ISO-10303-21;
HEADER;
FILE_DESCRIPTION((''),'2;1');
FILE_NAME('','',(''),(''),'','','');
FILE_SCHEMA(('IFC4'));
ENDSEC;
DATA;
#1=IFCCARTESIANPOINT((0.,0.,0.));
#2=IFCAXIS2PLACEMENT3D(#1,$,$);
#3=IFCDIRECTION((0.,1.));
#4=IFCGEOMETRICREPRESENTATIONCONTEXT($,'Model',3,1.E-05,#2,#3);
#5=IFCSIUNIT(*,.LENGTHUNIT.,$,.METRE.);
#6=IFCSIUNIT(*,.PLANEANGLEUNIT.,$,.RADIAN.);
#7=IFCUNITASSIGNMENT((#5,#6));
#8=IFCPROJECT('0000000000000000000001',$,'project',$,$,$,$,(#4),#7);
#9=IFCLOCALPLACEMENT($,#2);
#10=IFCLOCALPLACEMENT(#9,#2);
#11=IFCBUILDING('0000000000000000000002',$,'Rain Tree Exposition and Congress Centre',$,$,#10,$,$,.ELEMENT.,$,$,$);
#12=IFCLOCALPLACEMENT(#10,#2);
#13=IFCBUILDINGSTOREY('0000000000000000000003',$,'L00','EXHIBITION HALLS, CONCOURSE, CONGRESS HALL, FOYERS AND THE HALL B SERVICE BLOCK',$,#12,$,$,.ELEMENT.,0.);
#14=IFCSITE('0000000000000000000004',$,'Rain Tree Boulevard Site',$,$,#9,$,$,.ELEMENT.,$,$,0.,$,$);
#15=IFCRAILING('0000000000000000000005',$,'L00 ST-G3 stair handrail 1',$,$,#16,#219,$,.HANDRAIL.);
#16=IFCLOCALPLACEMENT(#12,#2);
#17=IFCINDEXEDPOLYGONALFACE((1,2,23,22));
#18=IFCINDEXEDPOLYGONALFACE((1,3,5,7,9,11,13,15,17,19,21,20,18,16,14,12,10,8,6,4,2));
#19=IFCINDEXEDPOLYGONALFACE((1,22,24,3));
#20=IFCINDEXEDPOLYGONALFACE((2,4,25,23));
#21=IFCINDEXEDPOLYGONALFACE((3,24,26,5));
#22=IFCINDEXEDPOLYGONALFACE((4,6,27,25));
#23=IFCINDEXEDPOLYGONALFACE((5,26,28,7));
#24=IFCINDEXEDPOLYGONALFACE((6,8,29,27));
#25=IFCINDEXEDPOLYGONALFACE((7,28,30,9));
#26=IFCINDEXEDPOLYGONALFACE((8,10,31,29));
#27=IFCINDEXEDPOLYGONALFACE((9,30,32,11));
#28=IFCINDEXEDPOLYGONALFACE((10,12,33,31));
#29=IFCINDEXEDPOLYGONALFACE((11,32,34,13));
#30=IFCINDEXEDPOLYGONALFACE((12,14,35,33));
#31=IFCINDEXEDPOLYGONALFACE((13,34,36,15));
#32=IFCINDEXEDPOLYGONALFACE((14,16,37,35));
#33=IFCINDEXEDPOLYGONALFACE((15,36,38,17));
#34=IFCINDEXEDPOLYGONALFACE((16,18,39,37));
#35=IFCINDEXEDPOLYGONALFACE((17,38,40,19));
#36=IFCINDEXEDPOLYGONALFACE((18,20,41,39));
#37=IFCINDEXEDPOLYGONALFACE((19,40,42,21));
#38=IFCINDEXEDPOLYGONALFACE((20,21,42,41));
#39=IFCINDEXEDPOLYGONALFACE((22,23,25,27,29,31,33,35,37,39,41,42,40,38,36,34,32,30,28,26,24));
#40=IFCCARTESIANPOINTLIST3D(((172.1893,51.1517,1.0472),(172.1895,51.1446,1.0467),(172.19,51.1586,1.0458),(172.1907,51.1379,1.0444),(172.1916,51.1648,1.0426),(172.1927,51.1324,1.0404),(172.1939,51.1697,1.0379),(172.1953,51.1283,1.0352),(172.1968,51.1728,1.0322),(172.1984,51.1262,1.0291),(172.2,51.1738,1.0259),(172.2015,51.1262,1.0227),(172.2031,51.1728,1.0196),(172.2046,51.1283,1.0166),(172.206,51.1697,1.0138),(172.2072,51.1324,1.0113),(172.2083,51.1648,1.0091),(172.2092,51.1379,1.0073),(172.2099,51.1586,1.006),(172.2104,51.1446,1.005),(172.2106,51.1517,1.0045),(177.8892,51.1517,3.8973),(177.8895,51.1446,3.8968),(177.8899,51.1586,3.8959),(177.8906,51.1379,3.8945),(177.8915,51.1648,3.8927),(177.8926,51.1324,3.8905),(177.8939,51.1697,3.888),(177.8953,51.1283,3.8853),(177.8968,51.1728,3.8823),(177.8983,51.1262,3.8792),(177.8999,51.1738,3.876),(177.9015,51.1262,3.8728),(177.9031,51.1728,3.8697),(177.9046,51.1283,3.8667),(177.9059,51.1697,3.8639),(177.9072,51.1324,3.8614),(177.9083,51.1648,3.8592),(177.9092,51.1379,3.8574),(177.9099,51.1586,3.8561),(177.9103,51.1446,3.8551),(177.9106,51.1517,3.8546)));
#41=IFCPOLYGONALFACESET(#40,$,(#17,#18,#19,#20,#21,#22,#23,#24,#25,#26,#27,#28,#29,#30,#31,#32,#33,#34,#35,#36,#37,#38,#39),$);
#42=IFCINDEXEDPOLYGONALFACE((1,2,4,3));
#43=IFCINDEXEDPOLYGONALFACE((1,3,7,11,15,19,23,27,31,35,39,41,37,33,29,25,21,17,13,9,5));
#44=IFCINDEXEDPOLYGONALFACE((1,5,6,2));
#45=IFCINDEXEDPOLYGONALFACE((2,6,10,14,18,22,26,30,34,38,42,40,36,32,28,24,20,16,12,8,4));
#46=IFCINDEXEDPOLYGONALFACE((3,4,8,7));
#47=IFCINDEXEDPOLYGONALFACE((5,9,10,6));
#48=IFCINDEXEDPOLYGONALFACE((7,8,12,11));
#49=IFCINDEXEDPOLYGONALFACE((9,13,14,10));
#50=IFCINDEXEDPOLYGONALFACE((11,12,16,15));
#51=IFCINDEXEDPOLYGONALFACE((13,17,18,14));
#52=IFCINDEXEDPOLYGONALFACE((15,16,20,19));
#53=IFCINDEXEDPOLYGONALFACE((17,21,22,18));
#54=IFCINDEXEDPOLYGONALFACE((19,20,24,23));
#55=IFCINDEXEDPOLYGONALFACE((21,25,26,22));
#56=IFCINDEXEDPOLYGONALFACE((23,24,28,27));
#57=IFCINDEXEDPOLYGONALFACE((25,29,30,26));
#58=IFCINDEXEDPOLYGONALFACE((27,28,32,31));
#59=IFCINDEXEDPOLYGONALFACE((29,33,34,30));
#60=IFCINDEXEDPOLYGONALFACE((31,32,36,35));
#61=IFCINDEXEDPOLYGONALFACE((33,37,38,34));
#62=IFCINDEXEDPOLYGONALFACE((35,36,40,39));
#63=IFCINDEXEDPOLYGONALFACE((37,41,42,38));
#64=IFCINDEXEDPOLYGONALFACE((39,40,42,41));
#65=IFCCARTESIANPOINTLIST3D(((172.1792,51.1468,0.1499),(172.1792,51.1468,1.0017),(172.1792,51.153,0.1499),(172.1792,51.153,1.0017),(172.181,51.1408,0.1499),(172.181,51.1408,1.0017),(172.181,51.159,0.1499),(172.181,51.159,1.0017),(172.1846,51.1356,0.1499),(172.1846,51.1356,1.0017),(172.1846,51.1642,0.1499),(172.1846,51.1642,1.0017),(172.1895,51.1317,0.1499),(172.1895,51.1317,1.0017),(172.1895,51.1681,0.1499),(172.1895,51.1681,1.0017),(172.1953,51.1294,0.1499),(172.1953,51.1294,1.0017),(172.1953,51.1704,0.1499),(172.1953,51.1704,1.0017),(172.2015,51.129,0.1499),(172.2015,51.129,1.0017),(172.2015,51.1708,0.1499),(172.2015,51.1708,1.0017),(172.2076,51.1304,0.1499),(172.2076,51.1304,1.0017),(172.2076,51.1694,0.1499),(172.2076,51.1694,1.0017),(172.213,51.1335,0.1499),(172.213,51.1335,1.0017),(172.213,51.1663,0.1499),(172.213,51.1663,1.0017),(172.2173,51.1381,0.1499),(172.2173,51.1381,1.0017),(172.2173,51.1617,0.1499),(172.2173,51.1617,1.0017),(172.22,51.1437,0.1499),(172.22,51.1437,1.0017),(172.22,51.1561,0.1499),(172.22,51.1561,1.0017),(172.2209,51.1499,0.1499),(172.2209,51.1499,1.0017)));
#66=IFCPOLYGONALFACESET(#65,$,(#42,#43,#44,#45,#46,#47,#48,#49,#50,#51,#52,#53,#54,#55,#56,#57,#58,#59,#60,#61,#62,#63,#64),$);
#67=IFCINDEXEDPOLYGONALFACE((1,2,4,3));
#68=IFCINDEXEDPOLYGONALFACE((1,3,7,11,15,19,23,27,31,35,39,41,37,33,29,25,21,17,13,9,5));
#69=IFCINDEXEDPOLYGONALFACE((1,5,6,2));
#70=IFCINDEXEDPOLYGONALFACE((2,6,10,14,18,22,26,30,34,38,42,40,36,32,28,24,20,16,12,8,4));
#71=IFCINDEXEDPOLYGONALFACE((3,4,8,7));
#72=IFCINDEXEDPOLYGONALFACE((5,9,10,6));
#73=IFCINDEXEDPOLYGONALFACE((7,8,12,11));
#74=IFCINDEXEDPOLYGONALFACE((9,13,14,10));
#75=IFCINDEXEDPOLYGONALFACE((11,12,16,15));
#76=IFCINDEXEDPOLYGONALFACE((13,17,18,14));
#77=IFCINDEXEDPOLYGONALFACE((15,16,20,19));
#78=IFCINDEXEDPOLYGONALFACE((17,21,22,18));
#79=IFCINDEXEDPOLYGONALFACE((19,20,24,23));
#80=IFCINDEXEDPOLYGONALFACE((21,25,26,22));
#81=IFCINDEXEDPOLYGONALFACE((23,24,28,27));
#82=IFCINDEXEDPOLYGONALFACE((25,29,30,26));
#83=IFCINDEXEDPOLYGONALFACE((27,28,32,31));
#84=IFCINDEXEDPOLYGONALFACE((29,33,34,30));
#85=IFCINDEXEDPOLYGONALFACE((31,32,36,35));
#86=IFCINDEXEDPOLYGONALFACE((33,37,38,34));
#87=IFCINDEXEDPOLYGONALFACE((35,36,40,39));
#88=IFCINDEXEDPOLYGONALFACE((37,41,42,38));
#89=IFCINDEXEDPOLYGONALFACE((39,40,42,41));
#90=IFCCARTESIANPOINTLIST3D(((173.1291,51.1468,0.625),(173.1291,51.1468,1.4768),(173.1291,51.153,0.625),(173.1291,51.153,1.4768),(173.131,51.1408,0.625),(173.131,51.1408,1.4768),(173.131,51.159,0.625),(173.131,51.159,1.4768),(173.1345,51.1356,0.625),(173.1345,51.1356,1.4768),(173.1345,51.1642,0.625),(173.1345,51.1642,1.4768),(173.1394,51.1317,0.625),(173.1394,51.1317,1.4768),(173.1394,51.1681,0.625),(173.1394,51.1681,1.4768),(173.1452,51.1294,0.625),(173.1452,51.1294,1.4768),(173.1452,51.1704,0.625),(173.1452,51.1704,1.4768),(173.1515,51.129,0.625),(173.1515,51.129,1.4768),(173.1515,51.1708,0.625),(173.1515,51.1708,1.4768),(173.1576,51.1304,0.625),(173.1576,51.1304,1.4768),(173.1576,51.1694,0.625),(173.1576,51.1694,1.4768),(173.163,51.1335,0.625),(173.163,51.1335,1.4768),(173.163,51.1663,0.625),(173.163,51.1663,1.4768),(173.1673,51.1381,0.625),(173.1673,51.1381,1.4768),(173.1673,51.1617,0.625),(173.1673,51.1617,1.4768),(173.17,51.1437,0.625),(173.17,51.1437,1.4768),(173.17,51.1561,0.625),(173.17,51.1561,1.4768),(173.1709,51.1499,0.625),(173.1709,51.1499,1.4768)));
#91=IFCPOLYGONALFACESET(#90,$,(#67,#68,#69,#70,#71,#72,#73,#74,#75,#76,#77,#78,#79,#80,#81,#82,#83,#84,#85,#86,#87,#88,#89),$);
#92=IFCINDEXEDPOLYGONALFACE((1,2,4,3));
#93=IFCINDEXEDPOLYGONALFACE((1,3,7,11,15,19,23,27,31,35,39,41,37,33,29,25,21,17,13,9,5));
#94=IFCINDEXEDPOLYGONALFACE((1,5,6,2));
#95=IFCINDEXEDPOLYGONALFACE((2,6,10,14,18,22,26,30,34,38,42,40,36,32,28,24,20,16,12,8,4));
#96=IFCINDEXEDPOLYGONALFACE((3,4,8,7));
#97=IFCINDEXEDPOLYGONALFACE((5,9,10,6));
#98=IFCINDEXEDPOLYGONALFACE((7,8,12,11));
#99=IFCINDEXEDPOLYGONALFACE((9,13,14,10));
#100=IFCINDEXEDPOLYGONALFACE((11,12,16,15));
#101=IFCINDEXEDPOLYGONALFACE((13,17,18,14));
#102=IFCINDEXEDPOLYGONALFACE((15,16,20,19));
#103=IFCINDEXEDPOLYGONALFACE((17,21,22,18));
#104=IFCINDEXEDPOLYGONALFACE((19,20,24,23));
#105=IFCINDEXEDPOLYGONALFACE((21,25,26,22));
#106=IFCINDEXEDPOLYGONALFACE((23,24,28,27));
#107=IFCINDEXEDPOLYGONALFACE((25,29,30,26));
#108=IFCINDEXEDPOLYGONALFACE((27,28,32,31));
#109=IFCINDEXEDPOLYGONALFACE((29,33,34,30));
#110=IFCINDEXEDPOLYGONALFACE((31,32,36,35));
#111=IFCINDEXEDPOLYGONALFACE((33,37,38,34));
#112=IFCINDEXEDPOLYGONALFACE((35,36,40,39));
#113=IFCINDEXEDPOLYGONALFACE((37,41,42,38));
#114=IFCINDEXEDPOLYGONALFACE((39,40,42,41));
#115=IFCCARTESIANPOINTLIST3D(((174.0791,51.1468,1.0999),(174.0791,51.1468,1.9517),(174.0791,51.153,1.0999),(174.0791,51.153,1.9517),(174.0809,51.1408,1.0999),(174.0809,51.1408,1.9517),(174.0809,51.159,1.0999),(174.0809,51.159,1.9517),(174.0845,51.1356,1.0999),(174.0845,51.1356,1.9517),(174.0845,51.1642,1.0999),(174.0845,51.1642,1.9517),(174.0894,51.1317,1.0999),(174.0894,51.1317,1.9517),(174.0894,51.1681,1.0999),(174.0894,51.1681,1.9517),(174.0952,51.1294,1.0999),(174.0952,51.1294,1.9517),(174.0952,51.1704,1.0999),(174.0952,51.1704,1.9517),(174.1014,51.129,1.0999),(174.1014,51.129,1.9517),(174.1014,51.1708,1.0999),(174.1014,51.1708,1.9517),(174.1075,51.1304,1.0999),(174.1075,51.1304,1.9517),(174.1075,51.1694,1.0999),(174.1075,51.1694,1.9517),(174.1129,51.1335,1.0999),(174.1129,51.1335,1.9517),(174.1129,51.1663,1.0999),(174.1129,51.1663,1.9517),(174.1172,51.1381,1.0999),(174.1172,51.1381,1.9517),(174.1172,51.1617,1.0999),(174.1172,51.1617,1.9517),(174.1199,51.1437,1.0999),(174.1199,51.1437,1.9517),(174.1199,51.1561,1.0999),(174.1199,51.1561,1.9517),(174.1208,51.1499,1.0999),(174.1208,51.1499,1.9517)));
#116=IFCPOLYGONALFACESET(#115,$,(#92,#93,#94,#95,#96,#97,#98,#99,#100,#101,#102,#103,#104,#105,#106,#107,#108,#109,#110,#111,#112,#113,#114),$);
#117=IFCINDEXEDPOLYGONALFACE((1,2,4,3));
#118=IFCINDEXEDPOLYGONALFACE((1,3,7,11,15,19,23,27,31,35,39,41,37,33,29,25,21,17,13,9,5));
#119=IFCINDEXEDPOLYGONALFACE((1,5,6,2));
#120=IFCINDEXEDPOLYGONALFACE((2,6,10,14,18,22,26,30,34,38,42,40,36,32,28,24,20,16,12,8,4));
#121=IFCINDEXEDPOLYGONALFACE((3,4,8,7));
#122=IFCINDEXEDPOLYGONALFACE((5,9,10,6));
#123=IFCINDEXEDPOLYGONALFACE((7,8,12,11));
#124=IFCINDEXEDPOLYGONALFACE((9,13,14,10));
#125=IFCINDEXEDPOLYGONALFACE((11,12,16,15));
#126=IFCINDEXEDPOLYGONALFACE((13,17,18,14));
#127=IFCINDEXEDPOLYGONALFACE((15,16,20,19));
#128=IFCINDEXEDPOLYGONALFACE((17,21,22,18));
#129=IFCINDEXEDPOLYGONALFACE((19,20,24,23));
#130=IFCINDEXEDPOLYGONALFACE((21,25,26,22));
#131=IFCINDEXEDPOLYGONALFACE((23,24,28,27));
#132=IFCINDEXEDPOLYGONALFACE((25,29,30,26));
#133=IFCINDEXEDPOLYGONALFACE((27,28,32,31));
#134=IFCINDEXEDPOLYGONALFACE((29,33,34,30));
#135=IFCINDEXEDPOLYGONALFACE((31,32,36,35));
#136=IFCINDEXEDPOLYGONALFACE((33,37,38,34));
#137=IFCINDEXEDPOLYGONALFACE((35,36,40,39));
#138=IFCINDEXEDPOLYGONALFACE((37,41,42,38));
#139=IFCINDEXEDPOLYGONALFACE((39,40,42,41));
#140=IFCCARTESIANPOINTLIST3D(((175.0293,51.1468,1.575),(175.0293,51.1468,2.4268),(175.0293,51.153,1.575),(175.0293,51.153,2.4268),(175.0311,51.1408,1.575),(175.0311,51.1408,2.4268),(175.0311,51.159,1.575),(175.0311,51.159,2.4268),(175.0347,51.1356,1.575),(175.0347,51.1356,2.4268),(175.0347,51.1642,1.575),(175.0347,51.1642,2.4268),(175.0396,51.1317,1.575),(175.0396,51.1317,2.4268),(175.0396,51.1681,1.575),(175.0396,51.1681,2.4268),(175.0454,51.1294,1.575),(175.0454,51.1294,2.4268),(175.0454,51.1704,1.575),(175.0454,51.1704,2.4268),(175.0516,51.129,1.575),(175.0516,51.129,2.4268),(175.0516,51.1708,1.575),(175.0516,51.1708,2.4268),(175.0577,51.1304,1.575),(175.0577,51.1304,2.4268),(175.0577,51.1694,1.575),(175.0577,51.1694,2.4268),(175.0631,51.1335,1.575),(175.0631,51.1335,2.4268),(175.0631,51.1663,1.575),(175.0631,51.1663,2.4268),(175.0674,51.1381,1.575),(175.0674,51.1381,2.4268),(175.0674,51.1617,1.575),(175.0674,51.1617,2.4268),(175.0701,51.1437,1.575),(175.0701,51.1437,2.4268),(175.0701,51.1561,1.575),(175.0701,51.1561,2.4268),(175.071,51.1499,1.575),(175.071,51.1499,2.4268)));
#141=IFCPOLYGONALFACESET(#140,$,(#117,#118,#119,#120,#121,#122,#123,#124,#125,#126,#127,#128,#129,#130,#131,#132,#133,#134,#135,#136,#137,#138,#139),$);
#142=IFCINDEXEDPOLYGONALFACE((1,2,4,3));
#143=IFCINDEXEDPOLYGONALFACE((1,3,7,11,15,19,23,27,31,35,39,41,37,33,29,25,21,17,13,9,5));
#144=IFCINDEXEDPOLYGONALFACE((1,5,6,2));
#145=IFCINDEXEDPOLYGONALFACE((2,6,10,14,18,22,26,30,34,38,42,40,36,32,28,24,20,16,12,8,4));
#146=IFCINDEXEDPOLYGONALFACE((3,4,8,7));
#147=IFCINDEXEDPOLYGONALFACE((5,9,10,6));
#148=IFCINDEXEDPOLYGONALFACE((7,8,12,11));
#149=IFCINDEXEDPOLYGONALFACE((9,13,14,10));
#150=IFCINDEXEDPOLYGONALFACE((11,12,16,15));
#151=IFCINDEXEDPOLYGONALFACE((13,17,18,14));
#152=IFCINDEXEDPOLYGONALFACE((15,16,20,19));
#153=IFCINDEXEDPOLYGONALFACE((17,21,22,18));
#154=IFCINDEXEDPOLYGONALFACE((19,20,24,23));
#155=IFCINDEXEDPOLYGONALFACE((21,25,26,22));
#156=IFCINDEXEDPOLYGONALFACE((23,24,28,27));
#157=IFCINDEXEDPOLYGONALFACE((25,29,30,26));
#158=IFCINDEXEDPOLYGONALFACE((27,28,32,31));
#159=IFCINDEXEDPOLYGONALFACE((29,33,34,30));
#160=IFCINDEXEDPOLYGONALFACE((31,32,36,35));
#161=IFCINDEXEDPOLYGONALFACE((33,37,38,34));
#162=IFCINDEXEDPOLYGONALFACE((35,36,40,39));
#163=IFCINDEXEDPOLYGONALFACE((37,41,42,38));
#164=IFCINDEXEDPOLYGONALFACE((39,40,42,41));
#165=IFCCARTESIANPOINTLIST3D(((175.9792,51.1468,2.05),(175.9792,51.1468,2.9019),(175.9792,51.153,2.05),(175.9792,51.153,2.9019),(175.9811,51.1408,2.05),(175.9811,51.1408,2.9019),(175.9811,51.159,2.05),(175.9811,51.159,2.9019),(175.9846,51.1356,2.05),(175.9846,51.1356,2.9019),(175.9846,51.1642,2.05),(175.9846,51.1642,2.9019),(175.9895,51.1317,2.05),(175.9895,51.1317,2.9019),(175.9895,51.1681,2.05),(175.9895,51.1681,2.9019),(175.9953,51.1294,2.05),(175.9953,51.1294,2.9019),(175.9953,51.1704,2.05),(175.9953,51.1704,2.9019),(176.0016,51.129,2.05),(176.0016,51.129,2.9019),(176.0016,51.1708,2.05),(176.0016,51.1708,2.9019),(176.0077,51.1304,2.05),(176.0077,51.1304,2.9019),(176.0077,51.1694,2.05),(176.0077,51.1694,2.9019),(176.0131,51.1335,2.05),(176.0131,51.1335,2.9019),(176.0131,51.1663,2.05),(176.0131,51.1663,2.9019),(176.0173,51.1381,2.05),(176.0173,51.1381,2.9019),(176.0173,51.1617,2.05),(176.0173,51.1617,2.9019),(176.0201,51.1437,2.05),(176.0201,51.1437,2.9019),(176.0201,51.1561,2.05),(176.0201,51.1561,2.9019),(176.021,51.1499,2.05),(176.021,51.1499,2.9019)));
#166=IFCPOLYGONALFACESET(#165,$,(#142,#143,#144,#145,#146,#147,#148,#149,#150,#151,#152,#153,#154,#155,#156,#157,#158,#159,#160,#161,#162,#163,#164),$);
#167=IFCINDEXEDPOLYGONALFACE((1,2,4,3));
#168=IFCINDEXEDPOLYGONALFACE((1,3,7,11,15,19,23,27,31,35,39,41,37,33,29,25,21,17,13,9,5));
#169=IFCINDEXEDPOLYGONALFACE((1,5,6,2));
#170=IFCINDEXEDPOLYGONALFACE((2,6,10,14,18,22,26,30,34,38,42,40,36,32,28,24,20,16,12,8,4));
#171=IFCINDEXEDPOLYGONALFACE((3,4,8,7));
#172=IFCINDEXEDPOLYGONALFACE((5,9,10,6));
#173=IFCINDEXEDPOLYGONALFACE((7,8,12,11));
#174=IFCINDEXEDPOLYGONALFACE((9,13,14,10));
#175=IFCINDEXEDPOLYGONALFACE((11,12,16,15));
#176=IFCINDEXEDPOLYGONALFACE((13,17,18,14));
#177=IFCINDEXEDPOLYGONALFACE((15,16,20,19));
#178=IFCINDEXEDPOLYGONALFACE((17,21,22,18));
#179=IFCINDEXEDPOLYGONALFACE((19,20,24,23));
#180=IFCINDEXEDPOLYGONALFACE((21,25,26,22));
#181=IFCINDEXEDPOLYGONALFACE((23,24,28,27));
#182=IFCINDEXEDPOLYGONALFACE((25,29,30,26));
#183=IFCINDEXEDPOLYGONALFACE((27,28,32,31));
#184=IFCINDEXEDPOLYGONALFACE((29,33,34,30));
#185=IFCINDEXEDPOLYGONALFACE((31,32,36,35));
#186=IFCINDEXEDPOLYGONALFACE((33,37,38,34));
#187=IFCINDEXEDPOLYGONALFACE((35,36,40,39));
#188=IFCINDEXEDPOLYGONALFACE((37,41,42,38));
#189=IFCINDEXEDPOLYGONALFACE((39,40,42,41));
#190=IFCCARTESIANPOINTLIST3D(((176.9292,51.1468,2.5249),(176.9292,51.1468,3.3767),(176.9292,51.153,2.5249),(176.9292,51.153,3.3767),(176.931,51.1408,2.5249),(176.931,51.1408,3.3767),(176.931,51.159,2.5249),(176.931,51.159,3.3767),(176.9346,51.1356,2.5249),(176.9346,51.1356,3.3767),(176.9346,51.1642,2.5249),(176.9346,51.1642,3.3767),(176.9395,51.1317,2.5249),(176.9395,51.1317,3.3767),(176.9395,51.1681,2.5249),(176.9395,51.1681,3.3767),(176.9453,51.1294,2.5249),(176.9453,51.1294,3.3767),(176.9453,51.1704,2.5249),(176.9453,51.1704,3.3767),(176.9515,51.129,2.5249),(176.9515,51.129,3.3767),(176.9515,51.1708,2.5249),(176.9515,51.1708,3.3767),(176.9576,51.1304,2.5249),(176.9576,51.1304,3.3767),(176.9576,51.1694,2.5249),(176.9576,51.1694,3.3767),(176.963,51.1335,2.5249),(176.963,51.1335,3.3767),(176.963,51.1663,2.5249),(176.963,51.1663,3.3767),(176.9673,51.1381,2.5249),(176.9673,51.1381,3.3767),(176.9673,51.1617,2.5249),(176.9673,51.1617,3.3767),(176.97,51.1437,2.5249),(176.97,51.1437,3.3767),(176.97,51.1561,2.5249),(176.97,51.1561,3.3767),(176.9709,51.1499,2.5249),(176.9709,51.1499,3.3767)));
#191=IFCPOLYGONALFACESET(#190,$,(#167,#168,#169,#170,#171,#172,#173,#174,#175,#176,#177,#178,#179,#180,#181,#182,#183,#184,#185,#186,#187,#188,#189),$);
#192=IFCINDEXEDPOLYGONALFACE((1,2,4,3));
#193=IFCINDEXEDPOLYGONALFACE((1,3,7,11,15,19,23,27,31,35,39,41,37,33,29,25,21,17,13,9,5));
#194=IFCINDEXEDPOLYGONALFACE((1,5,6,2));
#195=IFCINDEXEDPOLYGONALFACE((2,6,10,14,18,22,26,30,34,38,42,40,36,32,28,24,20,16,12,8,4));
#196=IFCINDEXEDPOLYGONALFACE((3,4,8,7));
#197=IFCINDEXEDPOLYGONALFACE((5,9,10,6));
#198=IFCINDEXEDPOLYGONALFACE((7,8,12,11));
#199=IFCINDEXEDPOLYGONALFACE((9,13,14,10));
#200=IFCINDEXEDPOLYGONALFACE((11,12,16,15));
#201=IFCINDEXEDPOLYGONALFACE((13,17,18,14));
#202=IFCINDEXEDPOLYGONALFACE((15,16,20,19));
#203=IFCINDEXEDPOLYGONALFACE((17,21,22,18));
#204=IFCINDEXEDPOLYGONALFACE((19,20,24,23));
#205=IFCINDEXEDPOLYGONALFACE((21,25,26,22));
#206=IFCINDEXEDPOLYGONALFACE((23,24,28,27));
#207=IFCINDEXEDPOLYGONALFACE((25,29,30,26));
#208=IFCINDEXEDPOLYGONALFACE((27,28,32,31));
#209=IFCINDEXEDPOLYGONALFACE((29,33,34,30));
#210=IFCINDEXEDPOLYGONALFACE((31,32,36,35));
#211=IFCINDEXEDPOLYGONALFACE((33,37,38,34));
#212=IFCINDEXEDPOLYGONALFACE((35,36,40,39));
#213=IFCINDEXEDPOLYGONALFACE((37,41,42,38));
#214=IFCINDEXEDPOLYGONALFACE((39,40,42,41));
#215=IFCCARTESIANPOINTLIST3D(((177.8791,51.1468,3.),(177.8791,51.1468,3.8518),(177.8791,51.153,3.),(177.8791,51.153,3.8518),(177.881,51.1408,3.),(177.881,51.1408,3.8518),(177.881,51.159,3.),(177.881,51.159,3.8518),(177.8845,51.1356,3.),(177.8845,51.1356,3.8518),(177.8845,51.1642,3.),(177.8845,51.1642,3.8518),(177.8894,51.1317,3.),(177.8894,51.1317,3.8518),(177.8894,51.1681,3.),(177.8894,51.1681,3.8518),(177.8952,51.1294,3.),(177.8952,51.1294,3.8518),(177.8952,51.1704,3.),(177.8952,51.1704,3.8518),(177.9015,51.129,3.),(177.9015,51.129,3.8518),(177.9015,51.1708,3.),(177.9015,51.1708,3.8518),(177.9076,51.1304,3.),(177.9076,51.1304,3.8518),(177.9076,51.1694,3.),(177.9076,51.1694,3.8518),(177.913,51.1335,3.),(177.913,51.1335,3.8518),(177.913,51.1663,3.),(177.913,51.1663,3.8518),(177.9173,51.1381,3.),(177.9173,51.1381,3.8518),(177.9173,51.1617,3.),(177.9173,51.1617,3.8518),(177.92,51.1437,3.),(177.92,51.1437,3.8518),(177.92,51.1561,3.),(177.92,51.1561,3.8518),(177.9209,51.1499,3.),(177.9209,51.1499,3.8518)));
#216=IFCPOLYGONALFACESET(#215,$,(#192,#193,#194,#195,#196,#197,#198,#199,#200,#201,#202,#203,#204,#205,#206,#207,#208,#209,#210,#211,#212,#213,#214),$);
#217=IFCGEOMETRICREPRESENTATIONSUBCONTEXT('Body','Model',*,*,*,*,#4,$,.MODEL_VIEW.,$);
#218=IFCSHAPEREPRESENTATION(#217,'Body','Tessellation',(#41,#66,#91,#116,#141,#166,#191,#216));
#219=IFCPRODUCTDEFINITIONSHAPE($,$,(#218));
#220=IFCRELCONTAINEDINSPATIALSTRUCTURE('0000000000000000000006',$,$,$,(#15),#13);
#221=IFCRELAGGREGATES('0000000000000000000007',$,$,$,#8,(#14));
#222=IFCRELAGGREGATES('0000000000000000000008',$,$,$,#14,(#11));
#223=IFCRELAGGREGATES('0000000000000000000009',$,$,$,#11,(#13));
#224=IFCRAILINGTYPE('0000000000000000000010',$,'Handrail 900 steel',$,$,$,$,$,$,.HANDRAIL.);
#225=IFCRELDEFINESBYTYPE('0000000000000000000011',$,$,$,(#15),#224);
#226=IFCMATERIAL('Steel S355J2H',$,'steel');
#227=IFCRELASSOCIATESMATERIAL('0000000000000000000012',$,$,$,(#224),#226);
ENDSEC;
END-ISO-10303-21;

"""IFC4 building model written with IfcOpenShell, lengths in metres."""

from ifc_helpers import new_model, si_unit, direction, frame, origin, origin_2d, place, context, subcontext, project, spatial, circle, extrude, material, type_object, element, save


model = new_model("IFC4")

# Units and contexts
model_context = context("Model", 3, precision=1e-05, world=origin(), true_north=direction((0.0, 1.0)))
body_context = subcontext(model_context, "Body", "Model", "MODEL_VIEW")
ifc_project = project(units=[si_unit("LENGTHUNIT", "METRE"), si_unit("PLANEANGLEUNIT", "RADIAN")], contexts=[model_context])

# Site, building, storey
site_placement = place(None, origin())
site = spatial("IfcSite", under=ifc_project, at=site_placement, Name="Rain Tree Boulevard Site", CompositionType="ELEMENT", RefElevation=0.0)
building_placement = place(site_placement, origin())
building = spatial("IfcBuilding", under=site, at=building_placement, Name="Rain Tree Exposition and Congress Centre", CompositionType="ELEMENT")
storey_placement = place(building_placement, origin())
storey = spatial("IfcBuildingStorey", under=building, at=storey_placement, Name="L00", Description="EXHIBITION HALLS, CONCOURSE, CONGRESS HALL, FOYERS AND THE HALL B SERVICE BLOCK", CompositionType="ELEMENT", Elevation=0.0)

# Railing
ifc_material_1 = material(Name="Steel S355J2H", Category="steel")
railing_type_1 = type_object("IfcRailingType", Name="Handrail 900 steel", PredefinedType="HANDRAIL", material=ifc_material_1)
for number, where, name in (
    (1, (172.2, 51.1499, 0.1499), "L00 ST-G3 stair handrail 1"),
):
    element("IfcRailing", number, at=place(storey_placement, frame(where)), inside=storey, type_object=railing_type_1, Name=name, PredefinedType="HANDRAIL", context=body_context, shape_type="SweptSolid", body=[
        extrude(circle(Radius=0.0239, at=origin_2d()), frame((0.0, 0.0, 0.876), z_axis=(0.89442, 0.0, 0.447229), x_axis=(0.0, 1.0, 0.0)), (0.0, 0.0, 1.0), 6.3728),
        extrude(circle(Radius=0.021, at=origin_2d()), origin(), (0.0, 0.0, 1.0), 0.8518),
        extrude(circle(Radius=0.021, at=origin_2d()), frame((0.95, 0.0, 0.4751)), (0.0, 0.0, 1.0), 0.8518),
        extrude(circle(Radius=0.021, at=origin_2d()), frame((1.8999, 0.0, 0.95)), (0.0, 0.0, 1.0), 0.8518),
        extrude(circle(Radius=0.021, at=origin_2d()), frame((2.8501, 0.0, 1.425)), (0.0, 0.0, 1.0), 0.8518),
        extrude(circle(Radius=0.021, at=origin_2d()), frame((3.8, 0.0, 1.9001)), (0.0, 0.0, 1.0), 0.8518),
        extrude(circle(Radius=0.021, at=origin_2d()), frame((4.75, 0.0, 2.375)), (0.0, 0.0, 1.0), 0.8518),
        extrude(circle(Radius=0.021, at=origin_2d()), frame((5.7, 0.0, 2.8501)), (0.0, 0.0, 1.0), 0.8518),
    ])

save(model, "model.ifc")
